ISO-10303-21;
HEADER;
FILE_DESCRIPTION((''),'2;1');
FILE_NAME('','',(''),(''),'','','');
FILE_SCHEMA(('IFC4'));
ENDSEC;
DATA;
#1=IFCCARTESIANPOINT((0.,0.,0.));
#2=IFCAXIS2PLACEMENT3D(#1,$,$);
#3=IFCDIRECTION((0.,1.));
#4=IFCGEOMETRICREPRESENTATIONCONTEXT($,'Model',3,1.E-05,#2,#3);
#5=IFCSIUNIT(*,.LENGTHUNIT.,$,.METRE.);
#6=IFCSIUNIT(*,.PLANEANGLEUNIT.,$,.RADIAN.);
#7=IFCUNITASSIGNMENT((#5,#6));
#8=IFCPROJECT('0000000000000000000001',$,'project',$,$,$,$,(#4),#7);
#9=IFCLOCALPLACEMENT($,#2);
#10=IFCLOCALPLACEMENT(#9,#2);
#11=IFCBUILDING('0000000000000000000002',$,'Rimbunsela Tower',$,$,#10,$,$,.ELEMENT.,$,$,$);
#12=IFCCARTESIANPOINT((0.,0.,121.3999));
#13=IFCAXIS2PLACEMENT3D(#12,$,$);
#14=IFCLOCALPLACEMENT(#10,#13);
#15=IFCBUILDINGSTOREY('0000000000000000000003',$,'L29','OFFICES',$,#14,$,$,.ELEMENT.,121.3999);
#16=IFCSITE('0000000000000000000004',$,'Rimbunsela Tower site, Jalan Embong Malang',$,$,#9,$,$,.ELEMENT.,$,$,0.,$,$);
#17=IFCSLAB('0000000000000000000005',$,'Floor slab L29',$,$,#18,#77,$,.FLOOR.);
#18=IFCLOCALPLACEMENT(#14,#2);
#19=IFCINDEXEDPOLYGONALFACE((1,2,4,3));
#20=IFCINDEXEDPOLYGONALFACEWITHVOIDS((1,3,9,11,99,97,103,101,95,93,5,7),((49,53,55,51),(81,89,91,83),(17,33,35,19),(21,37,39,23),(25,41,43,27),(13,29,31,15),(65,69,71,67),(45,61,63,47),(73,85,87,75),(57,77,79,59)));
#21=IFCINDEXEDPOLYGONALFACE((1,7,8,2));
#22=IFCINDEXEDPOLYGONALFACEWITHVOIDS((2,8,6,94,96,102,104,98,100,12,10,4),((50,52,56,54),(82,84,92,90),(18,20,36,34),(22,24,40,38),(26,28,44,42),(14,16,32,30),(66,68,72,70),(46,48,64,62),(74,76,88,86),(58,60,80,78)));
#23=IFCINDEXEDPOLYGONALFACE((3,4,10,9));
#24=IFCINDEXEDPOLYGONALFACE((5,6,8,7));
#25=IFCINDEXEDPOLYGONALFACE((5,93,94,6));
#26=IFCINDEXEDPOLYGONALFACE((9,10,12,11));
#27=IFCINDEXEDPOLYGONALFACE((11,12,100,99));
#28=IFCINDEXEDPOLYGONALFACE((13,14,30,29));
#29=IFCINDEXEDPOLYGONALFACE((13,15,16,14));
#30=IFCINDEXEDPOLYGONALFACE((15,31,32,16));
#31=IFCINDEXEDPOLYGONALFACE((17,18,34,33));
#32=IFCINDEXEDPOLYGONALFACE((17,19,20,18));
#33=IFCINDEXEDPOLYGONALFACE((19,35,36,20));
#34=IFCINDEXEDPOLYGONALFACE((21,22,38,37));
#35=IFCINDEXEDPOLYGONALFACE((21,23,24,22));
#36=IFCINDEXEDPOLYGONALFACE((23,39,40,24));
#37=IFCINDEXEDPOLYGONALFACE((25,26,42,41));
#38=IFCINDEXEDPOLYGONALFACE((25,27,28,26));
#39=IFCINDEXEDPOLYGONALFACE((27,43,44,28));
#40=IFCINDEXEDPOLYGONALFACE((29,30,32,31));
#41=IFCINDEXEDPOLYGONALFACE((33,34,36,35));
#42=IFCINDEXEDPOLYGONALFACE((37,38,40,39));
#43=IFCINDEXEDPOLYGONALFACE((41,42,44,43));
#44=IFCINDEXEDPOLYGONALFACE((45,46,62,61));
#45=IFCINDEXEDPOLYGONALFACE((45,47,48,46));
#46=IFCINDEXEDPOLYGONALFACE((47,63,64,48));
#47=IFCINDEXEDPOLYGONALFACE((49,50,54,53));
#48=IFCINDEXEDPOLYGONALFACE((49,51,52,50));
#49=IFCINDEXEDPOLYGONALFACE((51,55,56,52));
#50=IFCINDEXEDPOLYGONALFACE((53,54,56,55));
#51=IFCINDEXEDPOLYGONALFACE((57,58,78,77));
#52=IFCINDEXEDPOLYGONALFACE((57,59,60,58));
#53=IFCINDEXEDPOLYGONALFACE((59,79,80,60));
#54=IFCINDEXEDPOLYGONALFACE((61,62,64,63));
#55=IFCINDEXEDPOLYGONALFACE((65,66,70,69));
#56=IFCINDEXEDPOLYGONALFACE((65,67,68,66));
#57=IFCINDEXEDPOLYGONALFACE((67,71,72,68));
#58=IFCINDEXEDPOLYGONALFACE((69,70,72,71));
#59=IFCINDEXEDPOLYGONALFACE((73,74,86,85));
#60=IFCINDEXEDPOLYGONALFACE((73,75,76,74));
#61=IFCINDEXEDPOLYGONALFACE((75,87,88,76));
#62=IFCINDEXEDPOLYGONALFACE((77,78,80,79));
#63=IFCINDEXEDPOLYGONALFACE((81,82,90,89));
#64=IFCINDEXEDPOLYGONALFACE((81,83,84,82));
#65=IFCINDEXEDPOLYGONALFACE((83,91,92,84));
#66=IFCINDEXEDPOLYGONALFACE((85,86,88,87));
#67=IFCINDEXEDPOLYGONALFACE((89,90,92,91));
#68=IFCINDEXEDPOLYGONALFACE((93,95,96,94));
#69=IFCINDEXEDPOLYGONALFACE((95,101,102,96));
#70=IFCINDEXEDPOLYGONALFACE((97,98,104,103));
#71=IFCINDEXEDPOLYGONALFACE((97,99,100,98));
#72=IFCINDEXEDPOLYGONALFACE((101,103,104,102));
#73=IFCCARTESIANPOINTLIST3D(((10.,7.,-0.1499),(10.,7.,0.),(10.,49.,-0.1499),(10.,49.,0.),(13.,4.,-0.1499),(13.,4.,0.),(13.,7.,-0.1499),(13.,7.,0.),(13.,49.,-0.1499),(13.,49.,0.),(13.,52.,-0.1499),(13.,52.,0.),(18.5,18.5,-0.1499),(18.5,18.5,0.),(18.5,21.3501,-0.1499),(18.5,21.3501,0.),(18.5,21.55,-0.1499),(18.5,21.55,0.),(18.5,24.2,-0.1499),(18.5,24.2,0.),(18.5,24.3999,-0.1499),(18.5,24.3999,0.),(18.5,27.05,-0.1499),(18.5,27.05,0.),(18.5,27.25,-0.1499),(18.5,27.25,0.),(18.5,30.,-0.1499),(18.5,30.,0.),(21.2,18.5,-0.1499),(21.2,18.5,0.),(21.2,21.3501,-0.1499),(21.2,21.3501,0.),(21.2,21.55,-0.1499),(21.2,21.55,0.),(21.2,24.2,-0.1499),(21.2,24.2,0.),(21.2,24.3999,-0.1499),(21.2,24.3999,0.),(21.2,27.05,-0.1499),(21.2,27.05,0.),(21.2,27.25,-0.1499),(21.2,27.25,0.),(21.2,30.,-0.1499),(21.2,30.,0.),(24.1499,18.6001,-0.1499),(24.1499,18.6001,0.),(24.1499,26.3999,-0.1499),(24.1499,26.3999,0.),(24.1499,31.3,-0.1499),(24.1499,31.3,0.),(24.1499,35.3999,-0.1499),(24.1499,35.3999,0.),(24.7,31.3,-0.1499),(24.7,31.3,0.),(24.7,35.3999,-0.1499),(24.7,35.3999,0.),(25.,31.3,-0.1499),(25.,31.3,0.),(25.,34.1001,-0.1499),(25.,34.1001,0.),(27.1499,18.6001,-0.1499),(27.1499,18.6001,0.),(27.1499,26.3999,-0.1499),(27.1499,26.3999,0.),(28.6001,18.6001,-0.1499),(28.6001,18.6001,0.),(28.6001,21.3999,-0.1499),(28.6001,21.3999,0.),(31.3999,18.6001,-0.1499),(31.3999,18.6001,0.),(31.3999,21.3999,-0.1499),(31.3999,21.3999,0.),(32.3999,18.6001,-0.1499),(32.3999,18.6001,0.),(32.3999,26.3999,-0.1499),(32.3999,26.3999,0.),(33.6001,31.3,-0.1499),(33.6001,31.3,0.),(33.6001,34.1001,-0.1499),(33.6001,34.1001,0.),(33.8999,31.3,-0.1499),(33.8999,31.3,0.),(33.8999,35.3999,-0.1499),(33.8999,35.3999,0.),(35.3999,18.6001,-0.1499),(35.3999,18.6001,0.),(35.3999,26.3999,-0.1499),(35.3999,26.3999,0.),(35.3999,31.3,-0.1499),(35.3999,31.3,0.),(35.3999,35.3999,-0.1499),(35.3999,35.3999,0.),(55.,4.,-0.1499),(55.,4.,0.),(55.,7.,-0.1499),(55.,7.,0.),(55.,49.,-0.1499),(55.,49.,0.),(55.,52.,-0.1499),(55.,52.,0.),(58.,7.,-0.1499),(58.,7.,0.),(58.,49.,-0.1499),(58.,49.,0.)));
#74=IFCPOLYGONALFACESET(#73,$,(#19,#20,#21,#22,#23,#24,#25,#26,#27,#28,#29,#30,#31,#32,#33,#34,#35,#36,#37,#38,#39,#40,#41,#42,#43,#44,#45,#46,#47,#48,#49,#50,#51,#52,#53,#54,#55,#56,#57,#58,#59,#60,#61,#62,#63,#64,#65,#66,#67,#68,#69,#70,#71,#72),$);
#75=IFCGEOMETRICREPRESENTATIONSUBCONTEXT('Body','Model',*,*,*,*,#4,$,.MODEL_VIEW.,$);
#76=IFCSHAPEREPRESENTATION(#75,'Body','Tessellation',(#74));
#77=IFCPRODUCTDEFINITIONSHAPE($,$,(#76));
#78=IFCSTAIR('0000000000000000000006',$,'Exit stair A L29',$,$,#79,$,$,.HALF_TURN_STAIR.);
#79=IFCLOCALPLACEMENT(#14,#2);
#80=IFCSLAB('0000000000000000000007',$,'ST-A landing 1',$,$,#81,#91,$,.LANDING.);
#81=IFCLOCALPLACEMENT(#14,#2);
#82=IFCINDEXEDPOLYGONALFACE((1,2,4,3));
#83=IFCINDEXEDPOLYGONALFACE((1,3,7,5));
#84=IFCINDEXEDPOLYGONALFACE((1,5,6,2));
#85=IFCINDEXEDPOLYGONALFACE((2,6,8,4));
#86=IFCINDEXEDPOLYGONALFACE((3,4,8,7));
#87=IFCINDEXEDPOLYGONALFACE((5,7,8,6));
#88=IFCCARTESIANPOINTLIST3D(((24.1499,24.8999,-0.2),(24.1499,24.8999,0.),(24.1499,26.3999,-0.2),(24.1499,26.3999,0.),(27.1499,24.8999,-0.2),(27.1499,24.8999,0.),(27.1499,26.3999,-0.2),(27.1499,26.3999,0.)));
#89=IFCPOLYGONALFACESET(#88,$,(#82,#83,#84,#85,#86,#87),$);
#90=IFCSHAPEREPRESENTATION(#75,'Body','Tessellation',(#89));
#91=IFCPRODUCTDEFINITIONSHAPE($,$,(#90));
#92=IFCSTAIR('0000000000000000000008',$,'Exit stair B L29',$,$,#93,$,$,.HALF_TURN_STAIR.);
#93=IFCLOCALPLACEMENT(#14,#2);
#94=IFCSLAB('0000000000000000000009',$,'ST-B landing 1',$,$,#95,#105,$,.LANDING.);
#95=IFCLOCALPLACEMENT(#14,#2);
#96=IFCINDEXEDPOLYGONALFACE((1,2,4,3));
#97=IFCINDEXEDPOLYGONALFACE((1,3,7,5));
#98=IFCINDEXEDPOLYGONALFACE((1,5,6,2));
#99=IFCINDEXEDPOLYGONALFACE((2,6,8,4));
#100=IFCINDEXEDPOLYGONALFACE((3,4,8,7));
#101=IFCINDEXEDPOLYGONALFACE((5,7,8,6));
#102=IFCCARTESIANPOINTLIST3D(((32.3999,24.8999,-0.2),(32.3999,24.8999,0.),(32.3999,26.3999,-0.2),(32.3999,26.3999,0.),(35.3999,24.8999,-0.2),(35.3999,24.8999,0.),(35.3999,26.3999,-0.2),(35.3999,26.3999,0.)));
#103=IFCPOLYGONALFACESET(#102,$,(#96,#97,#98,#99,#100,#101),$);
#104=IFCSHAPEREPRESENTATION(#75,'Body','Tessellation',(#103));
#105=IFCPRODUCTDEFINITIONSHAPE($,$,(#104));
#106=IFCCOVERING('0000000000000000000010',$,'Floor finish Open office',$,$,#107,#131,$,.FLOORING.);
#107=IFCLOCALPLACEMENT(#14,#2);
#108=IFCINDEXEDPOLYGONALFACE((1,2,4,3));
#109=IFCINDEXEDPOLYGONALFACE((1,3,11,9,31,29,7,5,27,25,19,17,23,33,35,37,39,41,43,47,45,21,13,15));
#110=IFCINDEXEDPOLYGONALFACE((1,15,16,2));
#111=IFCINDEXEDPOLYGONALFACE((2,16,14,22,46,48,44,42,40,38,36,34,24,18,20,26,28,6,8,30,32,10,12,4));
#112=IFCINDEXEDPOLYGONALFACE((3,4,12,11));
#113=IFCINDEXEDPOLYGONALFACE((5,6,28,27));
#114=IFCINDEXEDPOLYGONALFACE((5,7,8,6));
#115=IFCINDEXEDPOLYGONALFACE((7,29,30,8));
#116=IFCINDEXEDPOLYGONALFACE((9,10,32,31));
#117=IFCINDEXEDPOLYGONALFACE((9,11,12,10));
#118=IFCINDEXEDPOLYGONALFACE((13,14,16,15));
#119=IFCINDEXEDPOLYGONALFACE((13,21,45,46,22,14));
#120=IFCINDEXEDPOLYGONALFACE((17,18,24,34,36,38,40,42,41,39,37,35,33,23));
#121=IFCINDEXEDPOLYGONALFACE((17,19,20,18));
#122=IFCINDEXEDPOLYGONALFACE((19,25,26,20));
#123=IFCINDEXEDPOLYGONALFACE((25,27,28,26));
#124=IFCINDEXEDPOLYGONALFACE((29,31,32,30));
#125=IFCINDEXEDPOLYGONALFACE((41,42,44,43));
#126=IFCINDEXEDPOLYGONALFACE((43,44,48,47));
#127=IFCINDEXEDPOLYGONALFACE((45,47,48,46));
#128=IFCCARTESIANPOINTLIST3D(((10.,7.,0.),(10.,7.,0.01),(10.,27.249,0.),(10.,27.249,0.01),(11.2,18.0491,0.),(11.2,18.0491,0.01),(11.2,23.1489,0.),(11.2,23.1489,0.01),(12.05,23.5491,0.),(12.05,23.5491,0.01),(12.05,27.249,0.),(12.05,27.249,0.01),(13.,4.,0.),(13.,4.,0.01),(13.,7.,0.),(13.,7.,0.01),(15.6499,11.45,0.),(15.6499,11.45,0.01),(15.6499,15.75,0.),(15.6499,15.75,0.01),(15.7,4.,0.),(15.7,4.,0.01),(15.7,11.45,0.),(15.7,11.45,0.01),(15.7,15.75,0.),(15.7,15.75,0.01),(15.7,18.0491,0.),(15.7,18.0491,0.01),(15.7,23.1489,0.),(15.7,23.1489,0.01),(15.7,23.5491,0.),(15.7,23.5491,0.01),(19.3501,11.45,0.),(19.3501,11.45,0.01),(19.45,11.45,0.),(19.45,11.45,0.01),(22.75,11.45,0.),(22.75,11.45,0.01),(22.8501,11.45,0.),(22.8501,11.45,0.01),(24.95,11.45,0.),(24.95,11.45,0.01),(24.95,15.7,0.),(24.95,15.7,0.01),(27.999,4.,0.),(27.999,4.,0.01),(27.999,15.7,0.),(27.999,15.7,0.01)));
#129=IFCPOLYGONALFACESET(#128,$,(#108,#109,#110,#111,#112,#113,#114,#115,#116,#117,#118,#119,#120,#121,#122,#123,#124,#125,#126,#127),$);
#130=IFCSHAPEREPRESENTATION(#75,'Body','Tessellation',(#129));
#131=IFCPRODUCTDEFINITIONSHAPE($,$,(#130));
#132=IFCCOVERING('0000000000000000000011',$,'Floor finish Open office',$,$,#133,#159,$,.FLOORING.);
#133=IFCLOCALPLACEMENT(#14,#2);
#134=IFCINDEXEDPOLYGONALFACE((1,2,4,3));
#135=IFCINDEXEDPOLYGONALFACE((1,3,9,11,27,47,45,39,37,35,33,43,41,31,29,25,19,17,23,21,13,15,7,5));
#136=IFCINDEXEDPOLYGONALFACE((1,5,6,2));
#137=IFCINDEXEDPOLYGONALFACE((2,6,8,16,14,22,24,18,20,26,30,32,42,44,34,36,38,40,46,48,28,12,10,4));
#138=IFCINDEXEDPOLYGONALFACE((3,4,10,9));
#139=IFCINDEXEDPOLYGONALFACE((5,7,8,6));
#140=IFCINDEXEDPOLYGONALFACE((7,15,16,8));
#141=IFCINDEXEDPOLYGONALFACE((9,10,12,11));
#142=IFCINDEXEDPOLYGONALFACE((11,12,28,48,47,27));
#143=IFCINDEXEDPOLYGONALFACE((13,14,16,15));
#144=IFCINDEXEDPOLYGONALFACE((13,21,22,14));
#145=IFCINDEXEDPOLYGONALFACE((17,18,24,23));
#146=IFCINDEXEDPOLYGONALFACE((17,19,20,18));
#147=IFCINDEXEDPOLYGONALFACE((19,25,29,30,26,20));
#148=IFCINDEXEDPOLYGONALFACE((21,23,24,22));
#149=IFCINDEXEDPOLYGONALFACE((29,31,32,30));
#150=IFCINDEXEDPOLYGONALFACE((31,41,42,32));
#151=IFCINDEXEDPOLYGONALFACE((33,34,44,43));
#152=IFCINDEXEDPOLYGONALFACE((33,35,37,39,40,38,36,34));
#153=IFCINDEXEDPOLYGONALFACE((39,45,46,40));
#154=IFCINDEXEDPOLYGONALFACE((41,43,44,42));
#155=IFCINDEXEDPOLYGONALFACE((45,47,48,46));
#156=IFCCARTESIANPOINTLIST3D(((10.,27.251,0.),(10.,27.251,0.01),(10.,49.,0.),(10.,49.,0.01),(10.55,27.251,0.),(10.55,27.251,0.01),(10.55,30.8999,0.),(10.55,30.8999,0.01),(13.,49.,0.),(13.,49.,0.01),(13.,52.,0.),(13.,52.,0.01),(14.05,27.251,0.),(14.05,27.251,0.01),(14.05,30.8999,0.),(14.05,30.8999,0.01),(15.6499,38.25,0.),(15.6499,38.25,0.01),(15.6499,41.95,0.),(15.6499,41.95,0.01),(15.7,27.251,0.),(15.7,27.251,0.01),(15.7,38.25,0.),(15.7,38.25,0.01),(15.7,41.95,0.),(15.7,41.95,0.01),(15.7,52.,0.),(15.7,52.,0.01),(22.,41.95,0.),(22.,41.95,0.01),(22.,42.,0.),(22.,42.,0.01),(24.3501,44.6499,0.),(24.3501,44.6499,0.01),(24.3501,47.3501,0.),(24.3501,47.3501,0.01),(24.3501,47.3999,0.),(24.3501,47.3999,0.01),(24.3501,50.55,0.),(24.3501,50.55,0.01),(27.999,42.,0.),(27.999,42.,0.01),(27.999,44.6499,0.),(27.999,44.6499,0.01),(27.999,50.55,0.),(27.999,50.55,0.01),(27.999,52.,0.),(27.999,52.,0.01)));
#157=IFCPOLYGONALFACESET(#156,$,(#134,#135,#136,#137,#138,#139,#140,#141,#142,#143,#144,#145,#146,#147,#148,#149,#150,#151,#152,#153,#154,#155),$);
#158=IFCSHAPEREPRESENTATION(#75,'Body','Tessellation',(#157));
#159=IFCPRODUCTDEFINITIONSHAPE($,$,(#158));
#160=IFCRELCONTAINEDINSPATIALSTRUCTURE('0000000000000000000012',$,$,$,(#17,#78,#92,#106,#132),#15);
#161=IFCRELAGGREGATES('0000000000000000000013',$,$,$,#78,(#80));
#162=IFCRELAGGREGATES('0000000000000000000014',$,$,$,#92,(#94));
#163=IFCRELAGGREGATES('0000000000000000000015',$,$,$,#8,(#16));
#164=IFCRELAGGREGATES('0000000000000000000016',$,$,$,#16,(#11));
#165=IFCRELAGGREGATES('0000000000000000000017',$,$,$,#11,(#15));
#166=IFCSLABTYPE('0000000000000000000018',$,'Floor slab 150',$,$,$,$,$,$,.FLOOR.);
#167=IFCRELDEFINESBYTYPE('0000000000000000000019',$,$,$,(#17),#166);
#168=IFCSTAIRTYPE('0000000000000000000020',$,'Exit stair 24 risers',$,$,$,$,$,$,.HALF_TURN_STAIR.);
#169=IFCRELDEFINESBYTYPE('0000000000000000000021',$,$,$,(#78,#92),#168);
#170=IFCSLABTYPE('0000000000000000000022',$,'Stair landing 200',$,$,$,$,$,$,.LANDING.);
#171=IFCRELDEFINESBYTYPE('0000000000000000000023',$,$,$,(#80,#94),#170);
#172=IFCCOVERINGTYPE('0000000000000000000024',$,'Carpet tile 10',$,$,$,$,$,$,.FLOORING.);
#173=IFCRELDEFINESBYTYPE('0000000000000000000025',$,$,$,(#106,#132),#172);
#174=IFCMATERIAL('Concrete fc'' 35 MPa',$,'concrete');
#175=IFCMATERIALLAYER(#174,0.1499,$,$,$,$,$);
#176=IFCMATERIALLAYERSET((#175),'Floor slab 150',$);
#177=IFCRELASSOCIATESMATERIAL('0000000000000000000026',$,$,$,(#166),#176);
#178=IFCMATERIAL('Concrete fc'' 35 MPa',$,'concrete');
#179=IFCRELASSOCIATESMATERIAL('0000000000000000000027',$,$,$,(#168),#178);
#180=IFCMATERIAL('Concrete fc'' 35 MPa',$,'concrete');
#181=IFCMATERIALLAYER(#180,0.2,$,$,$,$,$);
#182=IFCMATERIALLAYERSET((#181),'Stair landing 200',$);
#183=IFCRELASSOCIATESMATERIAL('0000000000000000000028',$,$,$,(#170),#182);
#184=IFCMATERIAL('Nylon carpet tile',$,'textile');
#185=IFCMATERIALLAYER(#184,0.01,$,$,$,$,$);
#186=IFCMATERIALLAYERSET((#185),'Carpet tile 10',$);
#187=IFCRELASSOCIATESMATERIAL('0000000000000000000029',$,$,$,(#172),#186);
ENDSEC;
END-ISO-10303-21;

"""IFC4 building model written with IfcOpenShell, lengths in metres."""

from ifc_helpers import new_model, si_unit, direction, frame, origin, place, context, subcontext, project, spatial, polyline, outline, extrude, material, layer, layer_set, type_object, element, aggregate, save


model = new_model("IFC4")

# Units and contexts
model_context = context("Model", 3, precision=1e-05, world=origin(), true_north=direction((0.0, 1.0)))
body_context = subcontext(model_context, "Body", "Model", "MODEL_VIEW")
ifc_project = project(units=[si_unit("LENGTHUNIT", "METRE"), si_unit("PLANEANGLEUNIT", "RADIAN")], contexts=[model_context])

# Site, building, storey
site_placement = place(None, origin())
site = spatial("IfcSite", under=ifc_project, at=site_placement, Name="Rimbunsela Tower site, Jalan Embong Malang", CompositionType="ELEMENT", RefElevation=0.0)
building_placement = place(site_placement, origin())
building = spatial("IfcBuilding", under=site, at=building_placement, Name="Rimbunsela Tower", CompositionType="ELEMENT")
storey_placement = place(building_placement, frame((0.0, 0.0, 121.3999)))
storey = spatial("IfcBuildingStorey", under=building, at=storey_placement, Name="L29", Description="OFFICES", CompositionType="ELEMENT", Elevation=121.3999)

# Slab
ifc_material_1 = material(Name="Concrete fc' 35 MPa", Category="concrete")
ifc_layer_1 = layer(ifc_material_1, 0.1499)
ifc_layer_set_1 = layer_set([ifc_layer_1], Name="Floor slab 150")
slab_type_1 = type_object("IfcSlabType", Name="Floor slab 150", PredefinedType="FLOOR", material=ifc_layer_set_1)
slab_1_placement = place(storey_placement, frame((0.0, 0.0, -0.1499)))
element("IfcSlab", 1, at=slab_1_placement, inside=storey, type_object=slab_type_1, Name="Floor slab L29", PredefinedType="FLOOR", context=body_context, shape_type="SweptSolid", body=[
    extrude(outline(polyline([(13.0, 4.0), (55.0, 4.0), (55.0, 7.0), (58.0, 7.0), (58.0, 49.0), (55.0, 49.0), (55.0, 52.0), (13.0, 52.0), (13.0, 49.0), (10.0, 49.0), (10.0, 7.0), (13.0, 7.0), (13.0, 4.0)]), holes=[polyline([(21.2, 21.3501), (18.5, 21.3501), (18.5, 18.5), (21.2, 18.5), (21.2, 21.3501)]), polyline([(21.2, 21.55), (21.2, 24.2), (18.5, 24.2), (18.5, 21.55), (21.2, 21.55)]), polyline([(21.2, 27.05), (18.5, 27.05), (18.5, 24.3999), (21.2, 24.3999), (21.2, 27.05)]), polyline([(21.2, 27.25), (21.2, 30.0), (18.5, 30.0), (18.5, 27.25), (21.2, 27.25)]), polyline([(27.1499, 18.6001), (27.1499, 26.3999), (24.1499, 26.3999), (24.1499, 18.6001), (27.1499, 18.6001)]), polyline([(24.7, 31.3), (24.7, 35.3999), (24.1499, 35.3999), (24.1499, 31.3), (24.7, 31.3)]), polyline([(25.0, 34.1001), (25.0, 31.3), (33.6001, 31.3), (33.6001, 34.1001), (25.0, 34.1001)]), polyline([(31.3999, 21.3999), (28.6001, 21.3999), (28.6001, 18.6001), (31.3999, 18.6001), (31.3999, 21.3999)]), polyline([(35.3999, 18.6001), (35.3999, 26.3999), (32.3999, 26.3999), (32.3999, 18.6001), (35.3999, 18.6001)]), polyline([(35.3999, 31.3), (35.3999, 35.3999), (33.8999, 35.3999), (33.8999, 31.3), (35.3999, 31.3)])]), origin(), (0.0, 0.0, 1.0), 0.1499),
])

# Stairs, slabs
ifc_material_2 = material(Name="Concrete fc' 35 MPa", Category="concrete")
stair_type = type_object("IfcStairType", Name="Exit stair 24 risers", PredefinedType="HALF_TURN_STAIR", material=ifc_material_2)
stair_1_placement = place(storey_placement, origin())
stair_1 = element("IfcStair", 2, at=stair_1_placement, inside=storey, type_object=stair_type, Name="Exit stair A L29", PredefinedType="HALF_TURN_STAIR")
ifc_material_3 = material(Name="Concrete fc' 35 MPa", Category="concrete")
ifc_layer_2 = layer(ifc_material_3, 0.2)
ifc_layer_set_2 = layer_set([ifc_layer_2], Name="Stair landing 200")
slab_type_2 = type_object("IfcSlabType", Name="Stair landing 200", PredefinedType="LANDING", material=ifc_layer_set_2)
slab_2_placement = place(storey_placement, frame((0.0, 0.0, -0.2)))
slab_2 = element("IfcSlab", 3, at=slab_2_placement, type_object=slab_type_2, Name="ST-A landing 1", PredefinedType="LANDING", context=body_context, shape_type="SweptSolid", body=[
    extrude(outline(polyline([(24.1499, 24.8999), (27.1499, 24.8999), (27.1499, 26.3999), (24.1499, 26.3999), (24.1499, 24.8999)])), origin(), (0.0, 0.0, 1.0), 0.2),
])
aggregate(stair_1, [slab_2])
stair_2_placement = place(storey_placement, origin())
stair_2 = element("IfcStair", 4, at=stair_2_placement, inside=storey, type_object=stair_type, Name="Exit stair B L29", PredefinedType="HALF_TURN_STAIR")
slab_3_placement = place(storey_placement, frame((0.0, 0.0, -0.2)))
slab_3 = element("IfcSlab", 5, at=slab_3_placement, type_object=slab_type_2, Name="ST-B landing 1", PredefinedType="LANDING", context=body_context, shape_type="SweptSolid", body=[
    extrude(outline(polyline([(32.3999, 24.8999), (35.3999, 24.8999), (35.3999, 26.3999), (32.3999, 26.3999), (32.3999, 24.8999)])), origin(), (0.0, 0.0, 1.0), 0.2),
])
aggregate(stair_2, [slab_3])

# Coverings
ifc_material_4 = material(Name="Nylon carpet tile", Category="textile")
ifc_layer_3 = layer(ifc_material_4, 0.01)
ifc_layer_set_3 = layer_set([ifc_layer_3], Name="Carpet tile 10")
covering_type_1 = type_object("IfcCoveringType", Name="Carpet tile 10", PredefinedType="FLOORING", material=ifc_layer_set_3)
covering_1_placement = place(storey_placement, origin())
element("IfcCovering", 6, at=covering_1_placement, inside=storey, type_object=covering_type_1, Name="Floor finish Open office", PredefinedType="FLOORING", context=body_context, shape_type="SweptSolid", body=[
    extrude(outline(polyline([(19.45, 11.45), (22.75, 11.45), (22.8501, 11.45), (24.95, 11.45), (24.95, 15.7), (27.999, 15.7), (27.999, 4.0), (15.7, 4.0), (13.0, 4.0), (13.0, 7.0), (10.0, 7.0), (10.0, 27.249), (12.05, 27.249), (12.05, 23.5491), (15.7, 23.5491), (15.7, 23.1489), (11.2, 23.1489), (11.2, 18.0491), (15.7, 18.0491), (15.7, 15.75), (15.6499, 15.75), (15.6499, 11.45), (15.7, 11.45), (19.3501, 11.45), (19.45, 11.45)])), origin(), (0.0, 0.0, 1.0), 0.01),
])
covering_2_placement = place(storey_placement, origin())
element("IfcCovering", 7, at=covering_2_placement, inside=storey, type_object=covering_type_1, Name="Floor finish Open office", PredefinedType="FLOORING", context=body_context, shape_type="SweptSolid", body=[
    extrude(outline(polyline([(15.6499, 41.95), (15.6499, 38.25), (15.7, 38.25), (15.7, 27.251), (14.05, 27.251), (14.05, 30.8999), (10.55, 30.8999), (10.55, 27.251), (10.0, 27.251), (10.0, 49.0), (13.0, 49.0), (13.0, 52.0), (15.7, 52.0), (27.999, 52.0), (27.999, 50.55), (24.3501, 50.55), (24.3501, 47.3999), (24.3501, 47.3501), (24.3501, 44.6499), (27.999, 44.6499), (27.999, 42.0), (22.0, 42.0), (22.0, 41.95), (15.7, 41.95), (15.6499, 41.95)])), origin(), (0.0, 0.0, 1.0), 0.01),
])

save(model, "model.ifc")
